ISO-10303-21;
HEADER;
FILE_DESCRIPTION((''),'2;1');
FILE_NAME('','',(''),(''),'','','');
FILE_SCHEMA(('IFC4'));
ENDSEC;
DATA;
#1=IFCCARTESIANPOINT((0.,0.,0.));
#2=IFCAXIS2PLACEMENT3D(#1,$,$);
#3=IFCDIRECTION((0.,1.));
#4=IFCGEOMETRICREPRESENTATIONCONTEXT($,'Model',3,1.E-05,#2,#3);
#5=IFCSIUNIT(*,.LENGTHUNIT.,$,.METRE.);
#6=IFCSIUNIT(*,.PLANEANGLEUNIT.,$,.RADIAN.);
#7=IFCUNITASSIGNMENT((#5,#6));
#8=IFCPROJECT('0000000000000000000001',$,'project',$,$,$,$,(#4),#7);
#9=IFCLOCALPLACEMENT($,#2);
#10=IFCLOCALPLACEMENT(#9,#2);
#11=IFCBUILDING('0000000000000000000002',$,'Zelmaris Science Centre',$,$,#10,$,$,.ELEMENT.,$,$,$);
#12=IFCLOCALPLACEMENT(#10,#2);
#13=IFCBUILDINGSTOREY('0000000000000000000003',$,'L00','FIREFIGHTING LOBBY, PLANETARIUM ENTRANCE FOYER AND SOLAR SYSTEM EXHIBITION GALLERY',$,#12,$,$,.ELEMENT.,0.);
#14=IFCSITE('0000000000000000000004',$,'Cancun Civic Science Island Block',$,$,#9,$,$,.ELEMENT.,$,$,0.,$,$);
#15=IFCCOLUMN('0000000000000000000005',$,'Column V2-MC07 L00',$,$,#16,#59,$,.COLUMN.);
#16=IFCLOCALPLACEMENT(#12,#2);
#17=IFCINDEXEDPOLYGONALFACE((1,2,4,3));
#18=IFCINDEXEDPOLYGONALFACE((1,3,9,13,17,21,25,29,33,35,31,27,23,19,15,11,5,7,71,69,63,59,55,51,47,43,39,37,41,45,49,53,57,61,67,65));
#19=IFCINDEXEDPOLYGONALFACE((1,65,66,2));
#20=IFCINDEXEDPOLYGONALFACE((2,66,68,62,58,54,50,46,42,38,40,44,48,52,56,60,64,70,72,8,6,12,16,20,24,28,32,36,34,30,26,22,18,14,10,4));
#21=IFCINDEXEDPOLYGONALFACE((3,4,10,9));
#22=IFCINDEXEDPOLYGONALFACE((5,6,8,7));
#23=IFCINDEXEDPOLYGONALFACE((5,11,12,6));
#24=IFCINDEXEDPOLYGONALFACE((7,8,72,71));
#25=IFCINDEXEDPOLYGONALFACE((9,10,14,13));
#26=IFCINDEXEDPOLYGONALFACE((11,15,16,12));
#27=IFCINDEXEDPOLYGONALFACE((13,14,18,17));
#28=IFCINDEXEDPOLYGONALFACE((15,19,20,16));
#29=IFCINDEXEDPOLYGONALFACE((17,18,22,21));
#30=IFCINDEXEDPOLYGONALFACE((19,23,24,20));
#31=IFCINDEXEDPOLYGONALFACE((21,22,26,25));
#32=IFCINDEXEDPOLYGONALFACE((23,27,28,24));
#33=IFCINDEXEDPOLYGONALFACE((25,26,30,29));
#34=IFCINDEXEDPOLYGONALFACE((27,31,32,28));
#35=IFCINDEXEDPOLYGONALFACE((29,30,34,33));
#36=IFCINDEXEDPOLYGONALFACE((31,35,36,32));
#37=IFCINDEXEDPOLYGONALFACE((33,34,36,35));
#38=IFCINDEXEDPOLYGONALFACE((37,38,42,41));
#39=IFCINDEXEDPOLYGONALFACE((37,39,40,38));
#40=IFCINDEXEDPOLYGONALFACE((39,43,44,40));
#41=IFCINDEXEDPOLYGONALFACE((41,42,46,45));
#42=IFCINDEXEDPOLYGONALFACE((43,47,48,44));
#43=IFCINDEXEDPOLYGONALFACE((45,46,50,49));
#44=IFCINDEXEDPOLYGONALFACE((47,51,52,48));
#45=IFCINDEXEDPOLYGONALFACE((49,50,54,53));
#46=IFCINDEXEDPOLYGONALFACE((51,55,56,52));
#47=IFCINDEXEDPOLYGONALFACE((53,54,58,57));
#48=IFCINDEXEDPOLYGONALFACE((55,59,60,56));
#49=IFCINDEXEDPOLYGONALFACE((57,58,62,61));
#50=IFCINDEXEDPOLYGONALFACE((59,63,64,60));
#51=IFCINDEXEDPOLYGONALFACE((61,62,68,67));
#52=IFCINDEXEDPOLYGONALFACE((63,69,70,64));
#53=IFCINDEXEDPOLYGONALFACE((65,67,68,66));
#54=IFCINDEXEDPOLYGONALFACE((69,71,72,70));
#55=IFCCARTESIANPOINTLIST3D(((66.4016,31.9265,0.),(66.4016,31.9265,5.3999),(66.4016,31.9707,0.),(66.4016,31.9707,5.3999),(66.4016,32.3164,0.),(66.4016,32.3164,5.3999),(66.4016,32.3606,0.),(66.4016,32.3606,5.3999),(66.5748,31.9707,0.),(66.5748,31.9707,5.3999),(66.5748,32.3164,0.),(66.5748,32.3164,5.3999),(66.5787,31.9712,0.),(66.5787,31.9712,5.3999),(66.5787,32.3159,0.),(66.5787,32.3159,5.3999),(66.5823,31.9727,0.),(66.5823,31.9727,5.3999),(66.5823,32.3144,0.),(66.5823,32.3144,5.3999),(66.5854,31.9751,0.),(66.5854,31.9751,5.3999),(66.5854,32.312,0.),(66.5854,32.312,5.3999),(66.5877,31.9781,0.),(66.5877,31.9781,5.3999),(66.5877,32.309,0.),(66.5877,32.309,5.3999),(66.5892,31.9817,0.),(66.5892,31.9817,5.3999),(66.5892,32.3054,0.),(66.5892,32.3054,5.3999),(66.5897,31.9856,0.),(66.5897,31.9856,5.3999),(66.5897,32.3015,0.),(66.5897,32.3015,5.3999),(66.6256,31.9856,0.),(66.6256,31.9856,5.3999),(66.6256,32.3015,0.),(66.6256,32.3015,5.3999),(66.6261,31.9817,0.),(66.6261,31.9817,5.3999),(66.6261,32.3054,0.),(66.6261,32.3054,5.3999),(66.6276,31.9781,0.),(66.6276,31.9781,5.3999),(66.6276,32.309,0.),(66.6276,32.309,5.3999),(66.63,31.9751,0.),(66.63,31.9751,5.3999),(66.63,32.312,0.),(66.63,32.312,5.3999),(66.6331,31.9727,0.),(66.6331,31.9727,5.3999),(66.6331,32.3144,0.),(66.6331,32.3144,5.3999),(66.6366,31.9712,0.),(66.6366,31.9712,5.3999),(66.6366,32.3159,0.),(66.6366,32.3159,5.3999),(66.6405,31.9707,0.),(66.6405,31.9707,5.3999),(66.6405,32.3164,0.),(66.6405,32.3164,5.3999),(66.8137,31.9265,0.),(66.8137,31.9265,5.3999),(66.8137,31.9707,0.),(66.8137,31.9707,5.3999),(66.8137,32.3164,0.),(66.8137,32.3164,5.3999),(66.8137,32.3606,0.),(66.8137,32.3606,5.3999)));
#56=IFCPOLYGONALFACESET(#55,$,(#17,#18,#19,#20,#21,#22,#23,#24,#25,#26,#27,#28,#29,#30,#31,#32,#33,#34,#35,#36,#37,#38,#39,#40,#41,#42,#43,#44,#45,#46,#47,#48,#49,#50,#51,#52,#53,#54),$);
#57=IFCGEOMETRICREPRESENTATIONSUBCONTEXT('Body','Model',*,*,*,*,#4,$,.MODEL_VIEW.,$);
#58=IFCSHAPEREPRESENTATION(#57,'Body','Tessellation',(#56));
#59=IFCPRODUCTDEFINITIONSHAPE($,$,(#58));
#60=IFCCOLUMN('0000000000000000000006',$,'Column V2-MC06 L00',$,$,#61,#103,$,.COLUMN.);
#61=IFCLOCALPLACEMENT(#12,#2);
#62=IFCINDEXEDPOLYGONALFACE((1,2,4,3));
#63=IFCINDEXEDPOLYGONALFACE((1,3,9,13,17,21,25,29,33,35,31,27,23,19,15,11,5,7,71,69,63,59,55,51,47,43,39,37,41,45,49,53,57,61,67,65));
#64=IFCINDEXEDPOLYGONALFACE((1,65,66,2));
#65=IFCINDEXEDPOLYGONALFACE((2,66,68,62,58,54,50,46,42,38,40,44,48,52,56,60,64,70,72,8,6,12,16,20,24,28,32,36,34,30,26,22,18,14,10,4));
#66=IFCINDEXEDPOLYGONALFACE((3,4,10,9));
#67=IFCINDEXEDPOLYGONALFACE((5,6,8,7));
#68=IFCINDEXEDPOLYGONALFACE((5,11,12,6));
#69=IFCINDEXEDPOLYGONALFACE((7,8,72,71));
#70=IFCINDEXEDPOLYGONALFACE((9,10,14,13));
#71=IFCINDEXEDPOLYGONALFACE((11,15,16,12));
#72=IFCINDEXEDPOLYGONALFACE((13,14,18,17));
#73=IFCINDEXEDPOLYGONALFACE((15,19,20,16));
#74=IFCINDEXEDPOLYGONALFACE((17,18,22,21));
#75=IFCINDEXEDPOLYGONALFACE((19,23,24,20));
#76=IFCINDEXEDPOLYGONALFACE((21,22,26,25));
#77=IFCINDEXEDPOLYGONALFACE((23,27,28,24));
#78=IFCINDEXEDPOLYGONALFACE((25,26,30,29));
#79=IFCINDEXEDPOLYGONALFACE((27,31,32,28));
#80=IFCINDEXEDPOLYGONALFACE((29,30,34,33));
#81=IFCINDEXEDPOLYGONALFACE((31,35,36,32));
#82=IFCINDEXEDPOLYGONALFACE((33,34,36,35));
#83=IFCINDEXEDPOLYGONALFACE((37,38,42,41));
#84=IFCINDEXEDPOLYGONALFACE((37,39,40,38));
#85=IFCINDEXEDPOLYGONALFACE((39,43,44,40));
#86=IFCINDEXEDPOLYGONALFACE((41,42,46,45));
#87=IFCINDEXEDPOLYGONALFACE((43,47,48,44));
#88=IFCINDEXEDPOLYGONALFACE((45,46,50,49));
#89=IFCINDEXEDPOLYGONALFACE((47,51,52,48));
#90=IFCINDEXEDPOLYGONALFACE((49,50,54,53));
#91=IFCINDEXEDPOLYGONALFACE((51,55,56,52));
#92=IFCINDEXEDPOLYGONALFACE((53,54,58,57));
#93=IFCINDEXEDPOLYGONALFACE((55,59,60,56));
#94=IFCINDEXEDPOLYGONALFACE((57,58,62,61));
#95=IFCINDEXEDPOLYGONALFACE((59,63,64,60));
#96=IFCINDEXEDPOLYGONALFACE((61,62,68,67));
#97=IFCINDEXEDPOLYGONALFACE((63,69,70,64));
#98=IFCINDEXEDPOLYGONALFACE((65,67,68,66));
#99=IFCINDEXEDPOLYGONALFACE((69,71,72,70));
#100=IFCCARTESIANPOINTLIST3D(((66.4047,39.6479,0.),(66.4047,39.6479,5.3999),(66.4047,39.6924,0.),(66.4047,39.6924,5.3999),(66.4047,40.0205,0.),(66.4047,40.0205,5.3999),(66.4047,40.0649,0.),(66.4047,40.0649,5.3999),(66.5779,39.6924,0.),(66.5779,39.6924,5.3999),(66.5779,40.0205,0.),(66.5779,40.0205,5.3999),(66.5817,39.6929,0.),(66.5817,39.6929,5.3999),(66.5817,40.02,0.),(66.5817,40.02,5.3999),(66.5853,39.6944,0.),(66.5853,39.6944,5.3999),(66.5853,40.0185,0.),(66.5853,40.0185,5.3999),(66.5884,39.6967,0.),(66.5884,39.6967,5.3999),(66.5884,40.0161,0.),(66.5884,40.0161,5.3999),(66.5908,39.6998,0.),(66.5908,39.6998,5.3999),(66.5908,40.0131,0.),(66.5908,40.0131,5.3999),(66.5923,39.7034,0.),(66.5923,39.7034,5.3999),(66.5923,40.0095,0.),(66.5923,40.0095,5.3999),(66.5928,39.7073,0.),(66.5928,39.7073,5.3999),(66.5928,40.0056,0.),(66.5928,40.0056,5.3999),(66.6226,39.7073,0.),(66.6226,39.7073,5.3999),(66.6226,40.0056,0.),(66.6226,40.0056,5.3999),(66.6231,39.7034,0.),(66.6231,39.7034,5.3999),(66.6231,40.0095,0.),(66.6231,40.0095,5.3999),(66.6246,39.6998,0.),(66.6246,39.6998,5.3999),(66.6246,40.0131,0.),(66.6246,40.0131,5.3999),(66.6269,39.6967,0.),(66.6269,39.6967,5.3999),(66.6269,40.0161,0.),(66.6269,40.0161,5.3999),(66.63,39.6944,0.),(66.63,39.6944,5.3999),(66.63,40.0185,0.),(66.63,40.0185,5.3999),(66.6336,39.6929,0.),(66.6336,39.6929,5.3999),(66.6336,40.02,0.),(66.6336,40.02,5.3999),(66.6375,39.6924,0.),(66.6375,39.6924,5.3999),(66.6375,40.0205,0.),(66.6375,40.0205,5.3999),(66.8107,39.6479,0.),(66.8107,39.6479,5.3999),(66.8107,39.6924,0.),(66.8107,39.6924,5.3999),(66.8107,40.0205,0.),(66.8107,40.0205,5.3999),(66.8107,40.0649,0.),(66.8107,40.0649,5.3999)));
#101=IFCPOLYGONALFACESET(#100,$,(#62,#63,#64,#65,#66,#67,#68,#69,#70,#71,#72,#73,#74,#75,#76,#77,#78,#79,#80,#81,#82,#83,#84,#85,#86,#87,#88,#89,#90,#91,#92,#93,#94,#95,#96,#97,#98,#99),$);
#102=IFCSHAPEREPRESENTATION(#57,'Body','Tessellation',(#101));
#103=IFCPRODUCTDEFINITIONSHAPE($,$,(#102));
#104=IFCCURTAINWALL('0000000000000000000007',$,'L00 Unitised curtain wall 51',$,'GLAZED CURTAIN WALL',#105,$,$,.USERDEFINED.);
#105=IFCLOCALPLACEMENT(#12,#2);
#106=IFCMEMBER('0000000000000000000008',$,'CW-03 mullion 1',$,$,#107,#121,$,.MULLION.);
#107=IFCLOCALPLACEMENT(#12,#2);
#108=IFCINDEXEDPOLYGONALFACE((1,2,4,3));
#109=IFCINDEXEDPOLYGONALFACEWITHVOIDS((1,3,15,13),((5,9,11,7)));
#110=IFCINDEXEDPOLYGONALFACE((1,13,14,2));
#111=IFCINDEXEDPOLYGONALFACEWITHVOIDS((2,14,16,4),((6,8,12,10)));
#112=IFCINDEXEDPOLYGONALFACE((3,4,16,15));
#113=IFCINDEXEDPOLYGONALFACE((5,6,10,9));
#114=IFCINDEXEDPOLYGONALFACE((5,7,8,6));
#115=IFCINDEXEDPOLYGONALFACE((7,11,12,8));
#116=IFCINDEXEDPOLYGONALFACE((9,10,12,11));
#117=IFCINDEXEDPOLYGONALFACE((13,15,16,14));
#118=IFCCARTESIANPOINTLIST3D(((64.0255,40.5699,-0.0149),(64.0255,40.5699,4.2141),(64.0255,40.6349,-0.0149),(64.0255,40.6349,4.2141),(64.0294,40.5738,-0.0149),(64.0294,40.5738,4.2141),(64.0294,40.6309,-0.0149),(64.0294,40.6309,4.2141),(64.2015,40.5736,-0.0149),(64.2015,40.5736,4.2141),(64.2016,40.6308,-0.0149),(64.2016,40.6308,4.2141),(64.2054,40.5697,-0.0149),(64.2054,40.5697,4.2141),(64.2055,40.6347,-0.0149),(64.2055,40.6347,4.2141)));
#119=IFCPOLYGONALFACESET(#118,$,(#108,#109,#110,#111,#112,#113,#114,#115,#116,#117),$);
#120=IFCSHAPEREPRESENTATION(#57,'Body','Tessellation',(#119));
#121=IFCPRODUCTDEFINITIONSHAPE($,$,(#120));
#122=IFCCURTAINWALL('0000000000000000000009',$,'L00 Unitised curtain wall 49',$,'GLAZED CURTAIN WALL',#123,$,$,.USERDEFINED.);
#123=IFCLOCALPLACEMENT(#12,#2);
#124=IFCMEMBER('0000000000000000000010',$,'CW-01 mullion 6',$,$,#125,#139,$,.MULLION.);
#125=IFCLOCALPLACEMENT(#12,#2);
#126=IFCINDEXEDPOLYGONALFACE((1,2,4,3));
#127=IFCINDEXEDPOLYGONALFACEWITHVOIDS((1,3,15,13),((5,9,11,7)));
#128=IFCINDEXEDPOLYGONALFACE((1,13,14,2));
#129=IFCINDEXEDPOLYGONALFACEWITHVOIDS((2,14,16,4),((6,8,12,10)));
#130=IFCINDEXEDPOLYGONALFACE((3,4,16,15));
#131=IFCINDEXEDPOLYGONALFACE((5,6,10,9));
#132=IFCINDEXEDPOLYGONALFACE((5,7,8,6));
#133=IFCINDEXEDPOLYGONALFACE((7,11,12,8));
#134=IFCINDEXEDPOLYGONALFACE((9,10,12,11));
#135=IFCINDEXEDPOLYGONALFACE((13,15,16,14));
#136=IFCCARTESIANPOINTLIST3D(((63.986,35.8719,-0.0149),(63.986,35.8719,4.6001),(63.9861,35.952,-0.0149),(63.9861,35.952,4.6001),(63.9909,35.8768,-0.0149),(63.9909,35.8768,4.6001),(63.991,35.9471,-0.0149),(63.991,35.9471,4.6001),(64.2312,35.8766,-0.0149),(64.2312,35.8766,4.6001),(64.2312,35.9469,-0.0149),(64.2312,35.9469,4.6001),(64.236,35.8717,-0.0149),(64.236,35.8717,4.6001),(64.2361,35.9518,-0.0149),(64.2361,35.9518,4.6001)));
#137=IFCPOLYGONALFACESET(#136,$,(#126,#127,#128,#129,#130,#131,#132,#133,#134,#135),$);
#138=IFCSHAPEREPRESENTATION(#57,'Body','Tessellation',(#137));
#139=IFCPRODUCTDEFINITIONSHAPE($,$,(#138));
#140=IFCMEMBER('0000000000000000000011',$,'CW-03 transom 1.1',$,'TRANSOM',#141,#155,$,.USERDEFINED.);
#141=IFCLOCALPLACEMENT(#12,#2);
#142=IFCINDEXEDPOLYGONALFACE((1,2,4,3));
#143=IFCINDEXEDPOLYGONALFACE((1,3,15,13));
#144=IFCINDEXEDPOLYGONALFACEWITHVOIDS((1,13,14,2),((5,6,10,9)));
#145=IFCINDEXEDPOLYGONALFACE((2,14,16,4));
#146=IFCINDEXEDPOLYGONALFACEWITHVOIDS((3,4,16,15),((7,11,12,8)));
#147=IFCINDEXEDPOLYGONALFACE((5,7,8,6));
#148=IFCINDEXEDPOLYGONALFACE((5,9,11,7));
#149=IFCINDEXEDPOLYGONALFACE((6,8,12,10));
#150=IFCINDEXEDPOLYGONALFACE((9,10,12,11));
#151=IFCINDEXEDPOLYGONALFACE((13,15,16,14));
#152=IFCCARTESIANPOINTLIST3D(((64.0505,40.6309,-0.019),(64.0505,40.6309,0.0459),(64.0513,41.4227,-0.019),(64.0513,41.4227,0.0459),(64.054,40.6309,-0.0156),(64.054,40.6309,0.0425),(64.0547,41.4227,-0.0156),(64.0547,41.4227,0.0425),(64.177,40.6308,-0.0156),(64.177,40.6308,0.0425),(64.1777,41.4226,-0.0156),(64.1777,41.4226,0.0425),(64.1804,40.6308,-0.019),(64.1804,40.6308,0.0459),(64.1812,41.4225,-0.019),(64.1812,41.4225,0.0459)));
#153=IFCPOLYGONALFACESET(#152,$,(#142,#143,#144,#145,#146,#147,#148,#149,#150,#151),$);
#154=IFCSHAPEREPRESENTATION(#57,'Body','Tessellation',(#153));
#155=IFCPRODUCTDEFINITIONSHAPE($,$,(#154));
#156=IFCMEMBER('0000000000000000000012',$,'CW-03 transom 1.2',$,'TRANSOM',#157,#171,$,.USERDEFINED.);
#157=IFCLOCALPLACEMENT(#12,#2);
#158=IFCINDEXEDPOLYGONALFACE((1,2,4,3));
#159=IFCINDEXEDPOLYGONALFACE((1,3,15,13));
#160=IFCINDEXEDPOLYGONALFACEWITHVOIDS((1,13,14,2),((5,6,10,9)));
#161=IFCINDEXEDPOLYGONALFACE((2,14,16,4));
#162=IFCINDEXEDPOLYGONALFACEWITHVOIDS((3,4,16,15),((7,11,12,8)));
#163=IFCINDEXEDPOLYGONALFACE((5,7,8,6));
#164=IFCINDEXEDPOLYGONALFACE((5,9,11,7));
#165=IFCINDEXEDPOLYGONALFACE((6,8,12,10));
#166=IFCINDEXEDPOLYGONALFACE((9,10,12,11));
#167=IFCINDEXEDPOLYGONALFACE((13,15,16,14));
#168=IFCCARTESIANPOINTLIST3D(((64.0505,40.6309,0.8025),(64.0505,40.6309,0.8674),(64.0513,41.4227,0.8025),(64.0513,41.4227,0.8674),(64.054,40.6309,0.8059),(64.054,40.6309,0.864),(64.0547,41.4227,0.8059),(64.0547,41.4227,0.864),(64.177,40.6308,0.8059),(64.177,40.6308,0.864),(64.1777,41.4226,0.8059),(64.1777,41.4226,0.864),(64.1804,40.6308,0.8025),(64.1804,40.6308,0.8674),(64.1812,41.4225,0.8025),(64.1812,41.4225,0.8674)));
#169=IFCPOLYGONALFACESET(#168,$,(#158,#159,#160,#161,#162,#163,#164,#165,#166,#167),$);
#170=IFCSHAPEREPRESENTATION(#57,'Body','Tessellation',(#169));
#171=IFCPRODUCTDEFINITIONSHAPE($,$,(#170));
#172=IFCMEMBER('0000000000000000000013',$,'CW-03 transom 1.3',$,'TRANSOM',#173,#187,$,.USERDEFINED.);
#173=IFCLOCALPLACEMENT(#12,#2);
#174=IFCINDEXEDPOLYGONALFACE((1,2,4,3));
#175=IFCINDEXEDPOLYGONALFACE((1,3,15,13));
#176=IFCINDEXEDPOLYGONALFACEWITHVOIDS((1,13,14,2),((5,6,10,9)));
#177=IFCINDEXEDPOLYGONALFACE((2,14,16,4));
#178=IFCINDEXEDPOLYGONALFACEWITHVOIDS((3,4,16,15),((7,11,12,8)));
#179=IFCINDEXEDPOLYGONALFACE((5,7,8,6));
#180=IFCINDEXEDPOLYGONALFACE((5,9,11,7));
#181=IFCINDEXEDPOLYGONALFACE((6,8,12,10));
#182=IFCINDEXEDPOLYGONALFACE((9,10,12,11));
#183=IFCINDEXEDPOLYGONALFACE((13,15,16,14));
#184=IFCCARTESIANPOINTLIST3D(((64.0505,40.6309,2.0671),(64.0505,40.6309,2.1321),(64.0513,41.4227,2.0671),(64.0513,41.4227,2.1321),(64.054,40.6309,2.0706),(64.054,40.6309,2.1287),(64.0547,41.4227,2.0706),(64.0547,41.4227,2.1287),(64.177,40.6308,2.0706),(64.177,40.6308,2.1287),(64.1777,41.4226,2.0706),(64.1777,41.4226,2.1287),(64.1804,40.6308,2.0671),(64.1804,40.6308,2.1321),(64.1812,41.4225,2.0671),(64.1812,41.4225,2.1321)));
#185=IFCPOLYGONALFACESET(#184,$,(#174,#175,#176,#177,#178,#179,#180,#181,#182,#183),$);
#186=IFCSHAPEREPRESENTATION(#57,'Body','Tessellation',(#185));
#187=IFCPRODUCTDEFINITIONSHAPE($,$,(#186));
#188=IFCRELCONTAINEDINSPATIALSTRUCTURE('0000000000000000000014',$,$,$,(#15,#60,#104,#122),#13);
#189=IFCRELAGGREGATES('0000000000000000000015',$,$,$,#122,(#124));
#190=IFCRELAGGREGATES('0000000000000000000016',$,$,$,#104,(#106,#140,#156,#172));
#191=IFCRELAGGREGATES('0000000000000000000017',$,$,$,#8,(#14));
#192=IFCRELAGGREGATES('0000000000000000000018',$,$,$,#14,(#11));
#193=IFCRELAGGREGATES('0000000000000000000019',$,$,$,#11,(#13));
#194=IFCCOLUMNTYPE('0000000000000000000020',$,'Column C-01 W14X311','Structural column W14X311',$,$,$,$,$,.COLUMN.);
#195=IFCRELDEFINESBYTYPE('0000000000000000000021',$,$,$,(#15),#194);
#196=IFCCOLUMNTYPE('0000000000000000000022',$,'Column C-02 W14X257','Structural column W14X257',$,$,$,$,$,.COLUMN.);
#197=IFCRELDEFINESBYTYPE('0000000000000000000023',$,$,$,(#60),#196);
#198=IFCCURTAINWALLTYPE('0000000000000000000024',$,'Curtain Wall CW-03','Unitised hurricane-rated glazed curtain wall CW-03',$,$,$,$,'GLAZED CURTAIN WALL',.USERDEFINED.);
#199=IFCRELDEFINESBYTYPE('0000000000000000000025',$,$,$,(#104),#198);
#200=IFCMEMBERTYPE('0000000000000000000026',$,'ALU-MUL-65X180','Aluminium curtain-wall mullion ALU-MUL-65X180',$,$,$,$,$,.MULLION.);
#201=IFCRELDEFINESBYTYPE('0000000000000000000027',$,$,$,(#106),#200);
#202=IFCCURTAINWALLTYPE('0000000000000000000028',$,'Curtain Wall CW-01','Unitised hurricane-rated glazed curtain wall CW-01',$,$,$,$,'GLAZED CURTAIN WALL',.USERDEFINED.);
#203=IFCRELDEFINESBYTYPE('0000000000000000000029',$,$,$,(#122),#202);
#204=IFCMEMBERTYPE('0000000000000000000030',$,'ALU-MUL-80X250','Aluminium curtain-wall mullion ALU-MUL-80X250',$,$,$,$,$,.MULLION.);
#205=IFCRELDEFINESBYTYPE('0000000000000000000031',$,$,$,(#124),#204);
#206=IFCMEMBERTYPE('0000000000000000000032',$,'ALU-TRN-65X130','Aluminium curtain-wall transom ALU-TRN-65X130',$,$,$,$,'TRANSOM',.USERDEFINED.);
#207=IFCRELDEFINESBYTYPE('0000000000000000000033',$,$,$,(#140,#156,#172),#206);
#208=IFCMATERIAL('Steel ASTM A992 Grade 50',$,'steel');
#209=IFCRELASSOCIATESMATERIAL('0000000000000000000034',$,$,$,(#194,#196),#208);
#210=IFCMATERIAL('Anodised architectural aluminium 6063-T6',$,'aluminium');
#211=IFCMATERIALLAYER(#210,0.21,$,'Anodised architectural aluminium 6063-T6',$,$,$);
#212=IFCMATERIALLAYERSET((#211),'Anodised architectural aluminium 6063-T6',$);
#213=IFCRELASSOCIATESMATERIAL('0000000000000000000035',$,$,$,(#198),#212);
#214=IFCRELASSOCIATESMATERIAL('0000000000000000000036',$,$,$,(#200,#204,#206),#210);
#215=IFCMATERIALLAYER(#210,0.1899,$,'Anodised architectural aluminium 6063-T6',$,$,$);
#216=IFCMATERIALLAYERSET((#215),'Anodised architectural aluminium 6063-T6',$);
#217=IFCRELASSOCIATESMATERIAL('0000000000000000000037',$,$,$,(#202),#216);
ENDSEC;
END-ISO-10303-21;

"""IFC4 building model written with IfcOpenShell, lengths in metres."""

from ifc_helpers import new_model, si_unit, direction, frame, origin, origin_2d, place, context, subcontext, project, spatial, hollow_rectangle, i_section, extrude, material, layer, layer_set, material_profile, profile_set, type_object, element, aggregate, save


model = new_model("IFC4")

# Units and contexts
model_context = context("Model", 3, precision=1e-05, world=origin(), true_north=direction((0.0, 1.0)))
body_context = subcontext(model_context, "Body", "Model", "MODEL_VIEW")
ifc_project = project(units=[si_unit("LENGTHUNIT", "METRE"), si_unit("PLANEANGLEUNIT", "RADIAN")], contexts=[model_context])

# Site, building, storey
site_placement = place(None, origin())
site = spatial("IfcSite", under=ifc_project, at=site_placement, Name="Cancun Civic Science Island Block", CompositionType="ELEMENT", RefElevation=0.0)
building_placement = place(site_placement, origin())
building = spatial("IfcBuilding", under=site, at=building_placement, Name="Zelmaris Science Centre", CompositionType="ELEMENT")
storey_placement = place(building_placement, origin())
storey = spatial("IfcBuildingStorey", under=building, at=storey_placement, Name="L00", Description="FIREFIGHTING LOBBY, PLANETARIUM ENTRANCE FOYER AND SOLAR SYSTEM EXHIBITION GALLERY", CompositionType="ELEMENT", Elevation=0.0)

# Columns
ifc_material_1 = material(Name="Steel ASTM A992 Grade 50", Category="steel")
ifc_material_profile_1 = material_profile(ifc_material_1, i_section(OverallWidth=0.4121, OverallDepth=0.4341, WebThickness=0.0359, FlangeThickness=0.0442, FilletRadius=0.0149, at=origin_2d()), Name="W14X311")
ifc_profile_set_1 = profile_set([ifc_material_profile_1], Name="Steel ASTM A992 Grade 50")
column_type_1 = type_object("IfcColumnType", Name="Column C-01 W14X311", Description="Structural column W14X311", PredefinedType="COLUMN", material=ifc_profile_set_1)
column_1_placement = place(storey_placement, frame((66.6077, 32.1436, 0.0), z_axis=(0.0, 0.0, 1.0), x_axis=(1.0, 0.0, 0.0)))
element("IfcColumn", 1, at=column_1_placement, inside=storey, type_object=column_type_1, Name="Column V2-MC07 L00", PredefinedType="COLUMN", context=body_context, shape_type="SweptSolid", body=[
    extrude(i_section(OverallWidth=0.4121, OverallDepth=0.4341, WebThickness=0.0359, FlangeThickness=0.0442, FilletRadius=0.0149, at=origin_2d()), origin(), (0.0, 0.0, 1.0), 5.3999),
])
ifc_material_profile_2 = material_profile(ifc_material_1, i_section(OverallWidth=0.406, OverallDepth=0.417, WebThickness=0.0298, FlangeThickness=0.0444, FilletRadius=0.0149, at=origin_2d()), Name="W14X257")
ifc_profile_set_2 = profile_set([ifc_material_profile_2], Name="Steel ASTM A992 Grade 50")
column_type_2 = type_object("IfcColumnType", Name="Column C-02 W14X257", Description="Structural column W14X257", PredefinedType="COLUMN", material=ifc_profile_set_2)
column_2_placement = place(storey_placement, frame((66.6077, 39.8564, 0.0), z_axis=(0.0, 0.0, 1.0), x_axis=(1.0, 0.0, 0.0)))
element("IfcColumn", 2, at=column_2_placement, inside=storey, type_object=column_type_2, Name="Column V2-MC06 L00", PredefinedType="COLUMN", context=body_context, shape_type="SweptSolid", body=[
    extrude(i_section(OverallWidth=0.406, OverallDepth=0.417, WebThickness=0.0298, FlangeThickness=0.0444, FilletRadius=0.0149, at=origin_2d()), origin(), (0.0, 0.0, 1.0), 5.3999),
])

# Curtain walls, members
ifc_material_2 = material(Name="Anodised architectural aluminium 6063-T6", Category="aluminium")
ifc_layer_1 = layer(ifc_material_2, 0.21, Name="Anodised architectural aluminium 6063-T6")
ifc_layer_set_1 = layer_set([ifc_layer_1], Name="Anodised architectural aluminium 6063-T6")
curtain_wall_type_1 = type_object("IfcCurtainWallType", Name="Curtain Wall CW-03", Description="Unitised hurricane-rated glazed curtain wall CW-03", ElementType="GLAZED CURTAIN WALL", PredefinedType="USERDEFINED", material=ifc_layer_set_1)
curtain_wall_1_placement = place(storey_placement, origin())
curtain_wall_1 = element("IfcCurtainWall", 3, at=curtain_wall_1_placement, inside=storey, type_object=curtain_wall_type_1, Name="L00 Unitised curtain wall 51", ObjectType="GLAZED CURTAIN WALL", PredefinedType="USERDEFINED")
ifc_material_profile_3 = material_profile(ifc_material_2, hollow_rectangle(XDim=0.0649, YDim=0.1799, WallThickness=0.0039, at=origin_2d()), Name="ALU-MUL-65X180")
ifc_profile_set_3 = profile_set([ifc_material_profile_3], Name="Anodised architectural aluminium 6063-T6")
member_type_1 = type_object("IfcMemberType", Name="ALU-MUL-65X180", Description="Aluminium curtain-wall mullion ALU-MUL-65X180", PredefinedType="MULLION", material=ifc_profile_set_3)
member_1_placement = place(storey_placement, frame((64.1155, 40.6023, -0.0149), z_axis=(0.0, 0.0, 1.0), x_axis=(0.000946, 1.0, 0.0)))
member_1 = element("IfcMember", 4, at=member_1_placement, type_object=member_type_1, Name="CW-03 mullion 1", PredefinedType="MULLION", context=body_context, shape_type="SweptSolid", body=[
    extrude(hollow_rectangle(XDim=0.0649, YDim=0.1799, WallThickness=0.0039, at=origin_2d()), origin(), (0.0, 0.0, 1.0), 4.229),
])
ifc_layer_2 = layer(ifc_material_2, 0.1899, Name="Anodised architectural aluminium 6063-T6")
ifc_layer_set_2 = layer_set([ifc_layer_2], Name="Anodised architectural aluminium 6063-T6")
curtain_wall_type_2 = type_object("IfcCurtainWallType", Name="Curtain Wall CW-01", Description="Unitised hurricane-rated glazed curtain wall CW-01", ElementType="GLAZED CURTAIN WALL", PredefinedType="USERDEFINED", material=ifc_layer_set_2)
curtain_wall_2_placement = place(storey_placement, origin())
curtain_wall_2 = element("IfcCurtainWall", 5, at=curtain_wall_2_placement, inside=storey, type_object=curtain_wall_type_2, Name="L00 Unitised curtain wall 49", ObjectType="GLAZED CURTAIN WALL", PredefinedType="USERDEFINED")
ifc_material_profile_4 = material_profile(ifc_material_2, hollow_rectangle(XDim=0.0801, YDim=0.25, WallThickness=0.0049, at=origin_2d()), Name="ALU-MUL-80X250")
ifc_profile_set_4 = profile_set([ifc_material_profile_4], Name="Anodised architectural aluminium 6063-T6")
member_type_2 = type_object("IfcMemberType", Name="ALU-MUL-80X250", Description="Aluminium curtain-wall mullion ALU-MUL-80X250", PredefinedType="MULLION", material=ifc_profile_set_4)
member_2_placement = place(storey_placement, frame((64.1111, 35.9119, -0.0149), z_axis=(0.0, 0.0, 1.0), x_axis=(0.000946, 1.0, 0.0)))
member_2 = element("IfcMember", 6, at=member_2_placement, type_object=member_type_2, Name="CW-01 mullion 6", PredefinedType="MULLION", context=body_context, shape_type="SweptSolid", body=[
    extrude(hollow_rectangle(XDim=0.0801, YDim=0.25, WallThickness=0.0049, at=origin_2d()), origin(), (0.0, 0.0, 1.0), 4.615),
])

# Members
ifc_material_profile_5 = material_profile(ifc_material_2, hollow_rectangle(XDim=0.0649, YDim=0.1299, WallThickness=0.0034, at=origin_2d()), Name="ALU-TRN-65X130")
ifc_profile_set_5 = profile_set([ifc_material_profile_5], Name="Anodised architectural aluminium 6063-T6")
member_type_3 = type_object("IfcMemberType", Name="ALU-TRN-65X130", Description="Aluminium curtain-wall transom ALU-TRN-65X130", ElementType="TRANSOM", PredefinedType="USERDEFINED", material=ifc_profile_set_5)
member_3_placement = place(storey_placement, frame((64.1155, 40.6309, 0.0134), z_axis=(0.000925, 1.0, 0.0), x_axis=(0.0, 0.0, 1.0)))
member_3 = element("IfcMember", 7, at=member_3_placement, type_object=member_type_3, Name="CW-03 transom 1.1", ObjectType="TRANSOM", PredefinedType="USERDEFINED", context=body_context, shape_type="SweptSolid", body=[
    extrude(hollow_rectangle(XDim=0.0649, YDim=0.1299, WallThickness=0.0034, at=origin_2d()), origin(), (0.0, 0.0, 1.0), 0.7917),
])
member_4_placement = place(storey_placement, frame((64.1155, 40.6309, 0.835), z_axis=(0.000925, 1.0, 0.0), x_axis=(0.0, 0.0, 1.0)))
member_4 = element("IfcMember", 8, at=member_4_placement, type_object=member_type_3, Name="CW-03 transom 1.2", ObjectType="TRANSOM", PredefinedType="USERDEFINED", context=body_context, shape_type="SweptSolid", body=[
    extrude(hollow_rectangle(XDim=0.0649, YDim=0.1299, WallThickness=0.0034, at=origin_2d()), origin(), (0.0, 0.0, 1.0), 0.7917),
])
member_5_placement = place(storey_placement, frame((64.1155, 40.6309, 2.0996), z_axis=(0.000925, 1.0, 0.0), x_axis=(0.0, 0.0, 1.0)))
member_5 = element("IfcMember", 9, at=member_5_placement, type_object=member_type_3, Name="CW-03 transom 1.3", ObjectType="TRANSOM", PredefinedType="USERDEFINED", context=body_context, shape_type="SweptSolid", body=[
    extrude(hollow_rectangle(XDim=0.0649, YDim=0.1299, WallThickness=0.0034, at=origin_2d()), origin(), (0.0, 0.0, 1.0), 0.7917),
])

aggregate(curtain_wall_2, [member_2])
aggregate(curtain_wall_1, [member_1, member_3, member_4, member_5])

save(model, "model.ifc")
